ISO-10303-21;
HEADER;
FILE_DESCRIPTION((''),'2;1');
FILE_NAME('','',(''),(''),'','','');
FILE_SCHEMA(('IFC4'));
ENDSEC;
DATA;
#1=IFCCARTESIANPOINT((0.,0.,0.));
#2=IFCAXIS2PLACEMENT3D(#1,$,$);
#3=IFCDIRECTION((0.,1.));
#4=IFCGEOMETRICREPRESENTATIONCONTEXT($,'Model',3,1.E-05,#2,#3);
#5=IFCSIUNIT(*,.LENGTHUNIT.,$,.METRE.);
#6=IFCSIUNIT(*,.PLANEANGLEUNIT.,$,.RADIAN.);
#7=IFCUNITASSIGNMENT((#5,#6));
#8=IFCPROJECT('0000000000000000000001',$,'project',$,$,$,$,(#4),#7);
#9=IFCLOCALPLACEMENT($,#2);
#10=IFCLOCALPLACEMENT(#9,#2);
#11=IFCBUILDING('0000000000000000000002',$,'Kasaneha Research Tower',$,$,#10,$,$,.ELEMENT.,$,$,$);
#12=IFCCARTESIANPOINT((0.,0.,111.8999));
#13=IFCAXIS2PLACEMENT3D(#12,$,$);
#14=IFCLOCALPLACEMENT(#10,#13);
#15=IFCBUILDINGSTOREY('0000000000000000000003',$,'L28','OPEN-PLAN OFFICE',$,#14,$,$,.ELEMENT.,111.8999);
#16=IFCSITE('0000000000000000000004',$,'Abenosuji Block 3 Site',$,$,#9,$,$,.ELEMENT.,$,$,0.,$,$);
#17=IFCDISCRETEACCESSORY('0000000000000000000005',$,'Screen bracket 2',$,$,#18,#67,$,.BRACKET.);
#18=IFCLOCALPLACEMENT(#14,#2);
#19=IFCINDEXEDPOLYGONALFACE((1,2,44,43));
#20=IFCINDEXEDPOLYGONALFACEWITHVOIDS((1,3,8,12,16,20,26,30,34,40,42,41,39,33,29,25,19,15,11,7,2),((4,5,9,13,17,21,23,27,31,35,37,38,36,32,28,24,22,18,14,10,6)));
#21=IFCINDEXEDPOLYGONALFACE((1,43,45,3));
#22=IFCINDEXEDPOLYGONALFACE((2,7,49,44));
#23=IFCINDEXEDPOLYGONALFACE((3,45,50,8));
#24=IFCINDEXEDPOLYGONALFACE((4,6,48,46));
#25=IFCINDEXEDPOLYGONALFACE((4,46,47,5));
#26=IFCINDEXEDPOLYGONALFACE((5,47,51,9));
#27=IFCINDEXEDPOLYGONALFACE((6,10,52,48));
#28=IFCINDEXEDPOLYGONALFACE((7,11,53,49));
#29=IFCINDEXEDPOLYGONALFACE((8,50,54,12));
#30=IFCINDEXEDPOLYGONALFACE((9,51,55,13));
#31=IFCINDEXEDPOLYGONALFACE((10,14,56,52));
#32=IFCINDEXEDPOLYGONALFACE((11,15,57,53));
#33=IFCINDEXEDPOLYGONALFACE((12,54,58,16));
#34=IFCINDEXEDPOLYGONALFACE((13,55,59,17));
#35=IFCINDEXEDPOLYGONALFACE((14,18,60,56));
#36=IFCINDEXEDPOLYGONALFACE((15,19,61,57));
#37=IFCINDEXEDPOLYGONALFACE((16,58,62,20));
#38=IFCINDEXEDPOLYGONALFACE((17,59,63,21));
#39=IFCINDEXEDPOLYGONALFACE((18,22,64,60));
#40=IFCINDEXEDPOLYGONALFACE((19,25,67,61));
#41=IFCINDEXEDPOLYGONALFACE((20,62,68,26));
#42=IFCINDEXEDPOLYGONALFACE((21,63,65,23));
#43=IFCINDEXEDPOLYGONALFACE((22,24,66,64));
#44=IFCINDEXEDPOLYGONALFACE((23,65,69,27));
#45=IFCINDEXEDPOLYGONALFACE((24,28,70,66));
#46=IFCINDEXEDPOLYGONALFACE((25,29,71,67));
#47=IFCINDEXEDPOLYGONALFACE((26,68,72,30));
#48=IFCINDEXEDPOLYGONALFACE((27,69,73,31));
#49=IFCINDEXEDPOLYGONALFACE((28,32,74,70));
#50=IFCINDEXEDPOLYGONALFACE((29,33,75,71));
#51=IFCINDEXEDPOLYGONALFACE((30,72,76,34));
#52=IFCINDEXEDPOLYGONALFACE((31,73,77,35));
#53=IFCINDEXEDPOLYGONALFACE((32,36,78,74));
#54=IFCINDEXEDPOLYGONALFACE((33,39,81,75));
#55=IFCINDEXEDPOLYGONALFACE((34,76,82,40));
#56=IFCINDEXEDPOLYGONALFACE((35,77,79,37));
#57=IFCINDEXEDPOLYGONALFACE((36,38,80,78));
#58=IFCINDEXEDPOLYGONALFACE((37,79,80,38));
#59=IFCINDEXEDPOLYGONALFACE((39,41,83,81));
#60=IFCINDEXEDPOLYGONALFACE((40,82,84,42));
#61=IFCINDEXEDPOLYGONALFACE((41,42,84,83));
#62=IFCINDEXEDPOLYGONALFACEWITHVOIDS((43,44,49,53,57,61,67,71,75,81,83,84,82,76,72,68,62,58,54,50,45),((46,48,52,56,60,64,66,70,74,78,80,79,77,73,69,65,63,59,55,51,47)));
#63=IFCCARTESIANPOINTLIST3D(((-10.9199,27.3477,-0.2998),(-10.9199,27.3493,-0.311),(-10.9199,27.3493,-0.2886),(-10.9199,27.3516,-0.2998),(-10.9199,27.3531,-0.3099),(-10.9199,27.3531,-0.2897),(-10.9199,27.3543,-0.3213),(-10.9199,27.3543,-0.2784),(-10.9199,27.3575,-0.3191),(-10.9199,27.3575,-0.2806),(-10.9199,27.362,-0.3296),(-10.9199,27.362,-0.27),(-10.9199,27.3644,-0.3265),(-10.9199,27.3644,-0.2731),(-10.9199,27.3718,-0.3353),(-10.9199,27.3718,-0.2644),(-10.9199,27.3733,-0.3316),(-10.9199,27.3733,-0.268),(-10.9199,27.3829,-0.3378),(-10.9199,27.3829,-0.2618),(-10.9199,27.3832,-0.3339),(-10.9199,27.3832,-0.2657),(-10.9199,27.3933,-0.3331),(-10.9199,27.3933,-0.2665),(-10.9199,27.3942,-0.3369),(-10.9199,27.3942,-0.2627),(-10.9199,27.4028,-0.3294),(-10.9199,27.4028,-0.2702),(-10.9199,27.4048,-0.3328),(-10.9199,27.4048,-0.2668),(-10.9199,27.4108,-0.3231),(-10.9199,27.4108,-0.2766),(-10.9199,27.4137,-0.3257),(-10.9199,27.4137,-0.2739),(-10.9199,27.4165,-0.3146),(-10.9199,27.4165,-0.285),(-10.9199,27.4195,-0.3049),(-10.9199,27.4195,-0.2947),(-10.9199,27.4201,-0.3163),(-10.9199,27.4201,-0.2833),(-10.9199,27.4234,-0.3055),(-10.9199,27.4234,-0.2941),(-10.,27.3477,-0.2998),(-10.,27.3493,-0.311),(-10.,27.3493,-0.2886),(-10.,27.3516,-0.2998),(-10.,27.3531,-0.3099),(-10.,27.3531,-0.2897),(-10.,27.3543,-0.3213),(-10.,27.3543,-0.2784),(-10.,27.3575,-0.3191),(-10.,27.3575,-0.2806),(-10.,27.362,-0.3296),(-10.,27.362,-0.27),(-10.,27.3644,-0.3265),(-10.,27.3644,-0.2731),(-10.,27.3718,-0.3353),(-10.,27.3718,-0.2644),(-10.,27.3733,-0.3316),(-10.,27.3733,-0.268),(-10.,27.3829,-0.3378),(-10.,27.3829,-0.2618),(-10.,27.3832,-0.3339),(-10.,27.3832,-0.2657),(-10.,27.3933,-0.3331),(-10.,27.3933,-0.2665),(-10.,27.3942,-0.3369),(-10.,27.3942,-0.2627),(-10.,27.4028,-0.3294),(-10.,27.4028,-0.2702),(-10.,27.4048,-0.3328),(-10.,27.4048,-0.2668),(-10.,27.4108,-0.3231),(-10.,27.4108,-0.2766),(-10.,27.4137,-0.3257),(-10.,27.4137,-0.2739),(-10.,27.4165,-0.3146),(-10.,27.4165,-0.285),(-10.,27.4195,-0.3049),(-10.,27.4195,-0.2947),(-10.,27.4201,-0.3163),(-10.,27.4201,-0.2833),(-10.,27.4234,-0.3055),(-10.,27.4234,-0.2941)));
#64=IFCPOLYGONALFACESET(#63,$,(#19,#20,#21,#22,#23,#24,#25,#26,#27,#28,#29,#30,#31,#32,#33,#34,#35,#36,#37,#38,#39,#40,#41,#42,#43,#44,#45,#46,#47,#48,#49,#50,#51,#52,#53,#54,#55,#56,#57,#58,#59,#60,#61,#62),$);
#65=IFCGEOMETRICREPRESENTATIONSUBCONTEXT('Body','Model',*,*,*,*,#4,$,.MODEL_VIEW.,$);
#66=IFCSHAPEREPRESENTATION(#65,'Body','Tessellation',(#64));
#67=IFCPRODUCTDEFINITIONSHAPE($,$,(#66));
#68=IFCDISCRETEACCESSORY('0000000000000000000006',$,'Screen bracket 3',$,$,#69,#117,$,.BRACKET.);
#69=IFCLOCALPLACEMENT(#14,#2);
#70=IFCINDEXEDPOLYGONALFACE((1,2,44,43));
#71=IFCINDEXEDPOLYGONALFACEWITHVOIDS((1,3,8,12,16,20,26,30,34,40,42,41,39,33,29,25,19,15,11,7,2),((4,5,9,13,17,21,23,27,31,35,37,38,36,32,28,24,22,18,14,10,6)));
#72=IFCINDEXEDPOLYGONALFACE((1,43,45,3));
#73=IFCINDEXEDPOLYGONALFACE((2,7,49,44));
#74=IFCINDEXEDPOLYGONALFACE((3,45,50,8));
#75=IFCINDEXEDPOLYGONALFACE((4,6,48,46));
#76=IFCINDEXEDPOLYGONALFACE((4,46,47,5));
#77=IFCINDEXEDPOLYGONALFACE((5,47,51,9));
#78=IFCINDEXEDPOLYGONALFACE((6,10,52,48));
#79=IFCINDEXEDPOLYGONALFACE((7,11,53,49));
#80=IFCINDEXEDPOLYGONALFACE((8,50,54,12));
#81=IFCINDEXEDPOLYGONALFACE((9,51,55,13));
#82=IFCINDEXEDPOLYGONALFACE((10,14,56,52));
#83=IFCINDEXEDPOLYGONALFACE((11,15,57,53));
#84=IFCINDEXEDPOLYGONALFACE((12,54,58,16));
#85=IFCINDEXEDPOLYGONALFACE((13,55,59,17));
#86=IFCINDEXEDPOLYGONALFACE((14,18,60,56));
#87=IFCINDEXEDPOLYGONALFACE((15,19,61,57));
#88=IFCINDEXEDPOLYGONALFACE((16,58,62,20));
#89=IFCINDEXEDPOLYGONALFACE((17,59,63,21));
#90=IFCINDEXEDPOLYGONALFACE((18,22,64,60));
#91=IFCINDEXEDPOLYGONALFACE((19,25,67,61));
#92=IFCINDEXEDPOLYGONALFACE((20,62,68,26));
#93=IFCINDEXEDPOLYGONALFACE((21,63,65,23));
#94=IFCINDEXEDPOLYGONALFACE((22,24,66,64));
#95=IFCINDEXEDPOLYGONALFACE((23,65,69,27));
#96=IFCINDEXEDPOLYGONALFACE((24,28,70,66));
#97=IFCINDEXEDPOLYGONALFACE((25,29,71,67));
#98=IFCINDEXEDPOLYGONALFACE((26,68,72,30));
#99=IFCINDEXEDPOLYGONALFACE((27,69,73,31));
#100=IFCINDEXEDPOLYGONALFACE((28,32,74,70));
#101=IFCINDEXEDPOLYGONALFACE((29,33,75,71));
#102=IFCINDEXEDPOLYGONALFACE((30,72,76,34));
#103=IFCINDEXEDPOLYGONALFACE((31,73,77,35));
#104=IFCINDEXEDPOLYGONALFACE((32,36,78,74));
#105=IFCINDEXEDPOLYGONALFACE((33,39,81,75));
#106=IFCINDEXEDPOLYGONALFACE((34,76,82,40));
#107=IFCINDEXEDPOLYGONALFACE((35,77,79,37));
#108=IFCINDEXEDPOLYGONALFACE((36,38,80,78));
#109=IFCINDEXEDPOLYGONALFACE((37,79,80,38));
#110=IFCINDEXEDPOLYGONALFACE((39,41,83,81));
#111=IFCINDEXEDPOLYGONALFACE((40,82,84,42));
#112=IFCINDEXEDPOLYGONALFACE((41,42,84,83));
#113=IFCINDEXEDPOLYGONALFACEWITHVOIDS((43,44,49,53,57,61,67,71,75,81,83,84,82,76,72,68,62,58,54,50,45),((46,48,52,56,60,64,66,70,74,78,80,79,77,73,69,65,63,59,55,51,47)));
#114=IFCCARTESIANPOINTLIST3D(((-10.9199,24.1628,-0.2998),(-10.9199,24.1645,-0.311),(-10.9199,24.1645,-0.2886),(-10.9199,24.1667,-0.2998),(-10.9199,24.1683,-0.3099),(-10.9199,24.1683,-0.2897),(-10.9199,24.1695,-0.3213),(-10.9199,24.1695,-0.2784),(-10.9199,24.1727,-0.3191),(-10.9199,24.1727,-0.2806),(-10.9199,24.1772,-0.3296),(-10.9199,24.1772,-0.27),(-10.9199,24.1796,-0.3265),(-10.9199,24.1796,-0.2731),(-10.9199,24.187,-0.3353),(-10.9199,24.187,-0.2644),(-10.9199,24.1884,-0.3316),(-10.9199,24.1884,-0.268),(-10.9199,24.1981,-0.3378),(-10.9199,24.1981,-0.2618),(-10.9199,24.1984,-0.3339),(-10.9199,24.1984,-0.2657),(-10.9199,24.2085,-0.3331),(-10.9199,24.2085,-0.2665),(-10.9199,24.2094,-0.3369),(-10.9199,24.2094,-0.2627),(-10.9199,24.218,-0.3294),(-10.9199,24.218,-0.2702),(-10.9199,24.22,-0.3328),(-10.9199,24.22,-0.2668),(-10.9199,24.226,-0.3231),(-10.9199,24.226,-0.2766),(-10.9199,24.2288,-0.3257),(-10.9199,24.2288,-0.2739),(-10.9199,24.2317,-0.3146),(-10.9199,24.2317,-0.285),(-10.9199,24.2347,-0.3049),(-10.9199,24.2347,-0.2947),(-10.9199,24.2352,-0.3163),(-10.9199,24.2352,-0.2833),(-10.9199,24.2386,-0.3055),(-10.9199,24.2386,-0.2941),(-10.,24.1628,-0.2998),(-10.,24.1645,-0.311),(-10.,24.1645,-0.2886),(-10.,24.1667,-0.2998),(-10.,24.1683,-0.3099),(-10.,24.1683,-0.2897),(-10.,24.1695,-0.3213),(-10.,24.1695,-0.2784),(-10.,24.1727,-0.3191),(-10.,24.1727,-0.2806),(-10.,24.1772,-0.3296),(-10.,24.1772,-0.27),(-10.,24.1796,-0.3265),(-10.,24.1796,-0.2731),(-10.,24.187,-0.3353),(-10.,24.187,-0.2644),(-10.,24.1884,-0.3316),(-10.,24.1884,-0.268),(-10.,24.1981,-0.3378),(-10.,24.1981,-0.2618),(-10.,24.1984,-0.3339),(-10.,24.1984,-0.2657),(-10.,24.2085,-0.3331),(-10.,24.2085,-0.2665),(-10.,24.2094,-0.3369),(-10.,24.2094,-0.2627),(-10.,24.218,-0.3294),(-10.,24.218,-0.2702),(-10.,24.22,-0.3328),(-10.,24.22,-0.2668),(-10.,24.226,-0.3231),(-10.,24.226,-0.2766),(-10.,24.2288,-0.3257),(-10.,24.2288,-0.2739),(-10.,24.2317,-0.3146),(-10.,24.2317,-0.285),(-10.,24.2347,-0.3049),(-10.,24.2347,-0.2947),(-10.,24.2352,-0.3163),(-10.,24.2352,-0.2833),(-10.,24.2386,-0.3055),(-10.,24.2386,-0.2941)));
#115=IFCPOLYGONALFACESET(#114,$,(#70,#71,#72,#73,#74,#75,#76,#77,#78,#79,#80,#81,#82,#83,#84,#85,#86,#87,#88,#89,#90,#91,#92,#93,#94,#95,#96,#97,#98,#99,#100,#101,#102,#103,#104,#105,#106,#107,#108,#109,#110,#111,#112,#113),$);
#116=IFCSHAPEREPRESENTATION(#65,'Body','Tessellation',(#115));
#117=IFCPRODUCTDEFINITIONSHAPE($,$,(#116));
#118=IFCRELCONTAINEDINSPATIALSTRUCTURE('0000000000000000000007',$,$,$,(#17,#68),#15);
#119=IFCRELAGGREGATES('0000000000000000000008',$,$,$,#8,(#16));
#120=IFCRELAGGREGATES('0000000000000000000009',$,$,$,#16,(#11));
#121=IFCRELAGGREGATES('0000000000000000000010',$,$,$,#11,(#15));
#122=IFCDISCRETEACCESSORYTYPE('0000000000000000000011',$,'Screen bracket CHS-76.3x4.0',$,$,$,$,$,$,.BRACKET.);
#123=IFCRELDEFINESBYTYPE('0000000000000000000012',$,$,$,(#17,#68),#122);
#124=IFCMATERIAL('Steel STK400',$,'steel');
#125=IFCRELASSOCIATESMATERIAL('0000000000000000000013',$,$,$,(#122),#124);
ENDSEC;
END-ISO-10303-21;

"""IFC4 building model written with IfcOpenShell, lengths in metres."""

from ifc_helpers import new_model, si_unit, direction, frame, origin, origin_2d, place, context, subcontext, project, spatial, hollow_circle, extrude, material, material_profile, profile_set, type_object, element, save


model = new_model("IFC4")

# Units and contexts
model_context = context("Model", 3, precision=1e-05, world=origin(), true_north=direction((0.0, 1.0)))
body_context = subcontext(model_context, "Body", "Model", "MODEL_VIEW")
ifc_project = project(units=[si_unit("LENGTHUNIT", "METRE"), si_unit("PLANEANGLEUNIT", "RADIAN")], contexts=[model_context])

# Site, building, storey
site_placement = place(None, origin())
site = spatial("IfcSite", under=ifc_project, at=site_placement, Name="Abenosuji Block 3 Site", CompositionType="ELEMENT", RefElevation=0.0)
building_placement = place(site_placement, origin())
building = spatial("IfcBuilding", under=site, at=building_placement, Name="Kasaneha Research Tower", CompositionType="ELEMENT")
storey_placement = place(building_placement, frame((0.0, 0.0, 111.8999)))
storey = spatial("IfcBuildingStorey", under=building, at=storey_placement, Name="L28", Description="OPEN-PLAN OFFICE", CompositionType="ELEMENT", Elevation=111.8999)

# Discrete accessories
ifc_material_1 = material(Name="Steel STK400", Category="steel")
ifc_material_profile_1 = material_profile(ifc_material_1, hollow_circle(Radius=0.0381, WallThickness=0.0039, at=origin_2d()), Name="CHS-76.3x4.0")
ifc_profile_set_1 = profile_set([ifc_material_profile_1], Name="Steel STK400")
discrete_accessory_type = type_object("IfcDiscreteAccessoryType", Name="Screen bracket CHS-76.3x4.0", PredefinedType="BRACKET", material=ifc_profile_set_1)
for number, where, z_axis, x_axis, name in (
    (1, (-10.0, 27.3857, -0.2998), (-1.0, 0.0, 0.0), (0.0, -1.0, 0.0), "Screen bracket 2"),
    (2, (-10.0, 24.2009, -0.2998), (-1.0, 0.0, 0.0), (0.0, -1.0, 0.0), "Screen bracket 3"),
):
    element("IfcDiscreteAccessory", number, at=place(storey_placement, frame(where, z_axis=z_axis, x_axis=x_axis)), inside=storey, type_object=discrete_accessory_type, Name=name, PredefinedType="BRACKET", context=body_context, shape_type="SweptSolid", body=[
        extrude(hollow_circle(Radius=0.0381, WallThickness=0.0039, at=origin_2d()), origin(), (0.0, 0.0, 1.0), 0.9199),
    ])

save(model, "model.ifc")
